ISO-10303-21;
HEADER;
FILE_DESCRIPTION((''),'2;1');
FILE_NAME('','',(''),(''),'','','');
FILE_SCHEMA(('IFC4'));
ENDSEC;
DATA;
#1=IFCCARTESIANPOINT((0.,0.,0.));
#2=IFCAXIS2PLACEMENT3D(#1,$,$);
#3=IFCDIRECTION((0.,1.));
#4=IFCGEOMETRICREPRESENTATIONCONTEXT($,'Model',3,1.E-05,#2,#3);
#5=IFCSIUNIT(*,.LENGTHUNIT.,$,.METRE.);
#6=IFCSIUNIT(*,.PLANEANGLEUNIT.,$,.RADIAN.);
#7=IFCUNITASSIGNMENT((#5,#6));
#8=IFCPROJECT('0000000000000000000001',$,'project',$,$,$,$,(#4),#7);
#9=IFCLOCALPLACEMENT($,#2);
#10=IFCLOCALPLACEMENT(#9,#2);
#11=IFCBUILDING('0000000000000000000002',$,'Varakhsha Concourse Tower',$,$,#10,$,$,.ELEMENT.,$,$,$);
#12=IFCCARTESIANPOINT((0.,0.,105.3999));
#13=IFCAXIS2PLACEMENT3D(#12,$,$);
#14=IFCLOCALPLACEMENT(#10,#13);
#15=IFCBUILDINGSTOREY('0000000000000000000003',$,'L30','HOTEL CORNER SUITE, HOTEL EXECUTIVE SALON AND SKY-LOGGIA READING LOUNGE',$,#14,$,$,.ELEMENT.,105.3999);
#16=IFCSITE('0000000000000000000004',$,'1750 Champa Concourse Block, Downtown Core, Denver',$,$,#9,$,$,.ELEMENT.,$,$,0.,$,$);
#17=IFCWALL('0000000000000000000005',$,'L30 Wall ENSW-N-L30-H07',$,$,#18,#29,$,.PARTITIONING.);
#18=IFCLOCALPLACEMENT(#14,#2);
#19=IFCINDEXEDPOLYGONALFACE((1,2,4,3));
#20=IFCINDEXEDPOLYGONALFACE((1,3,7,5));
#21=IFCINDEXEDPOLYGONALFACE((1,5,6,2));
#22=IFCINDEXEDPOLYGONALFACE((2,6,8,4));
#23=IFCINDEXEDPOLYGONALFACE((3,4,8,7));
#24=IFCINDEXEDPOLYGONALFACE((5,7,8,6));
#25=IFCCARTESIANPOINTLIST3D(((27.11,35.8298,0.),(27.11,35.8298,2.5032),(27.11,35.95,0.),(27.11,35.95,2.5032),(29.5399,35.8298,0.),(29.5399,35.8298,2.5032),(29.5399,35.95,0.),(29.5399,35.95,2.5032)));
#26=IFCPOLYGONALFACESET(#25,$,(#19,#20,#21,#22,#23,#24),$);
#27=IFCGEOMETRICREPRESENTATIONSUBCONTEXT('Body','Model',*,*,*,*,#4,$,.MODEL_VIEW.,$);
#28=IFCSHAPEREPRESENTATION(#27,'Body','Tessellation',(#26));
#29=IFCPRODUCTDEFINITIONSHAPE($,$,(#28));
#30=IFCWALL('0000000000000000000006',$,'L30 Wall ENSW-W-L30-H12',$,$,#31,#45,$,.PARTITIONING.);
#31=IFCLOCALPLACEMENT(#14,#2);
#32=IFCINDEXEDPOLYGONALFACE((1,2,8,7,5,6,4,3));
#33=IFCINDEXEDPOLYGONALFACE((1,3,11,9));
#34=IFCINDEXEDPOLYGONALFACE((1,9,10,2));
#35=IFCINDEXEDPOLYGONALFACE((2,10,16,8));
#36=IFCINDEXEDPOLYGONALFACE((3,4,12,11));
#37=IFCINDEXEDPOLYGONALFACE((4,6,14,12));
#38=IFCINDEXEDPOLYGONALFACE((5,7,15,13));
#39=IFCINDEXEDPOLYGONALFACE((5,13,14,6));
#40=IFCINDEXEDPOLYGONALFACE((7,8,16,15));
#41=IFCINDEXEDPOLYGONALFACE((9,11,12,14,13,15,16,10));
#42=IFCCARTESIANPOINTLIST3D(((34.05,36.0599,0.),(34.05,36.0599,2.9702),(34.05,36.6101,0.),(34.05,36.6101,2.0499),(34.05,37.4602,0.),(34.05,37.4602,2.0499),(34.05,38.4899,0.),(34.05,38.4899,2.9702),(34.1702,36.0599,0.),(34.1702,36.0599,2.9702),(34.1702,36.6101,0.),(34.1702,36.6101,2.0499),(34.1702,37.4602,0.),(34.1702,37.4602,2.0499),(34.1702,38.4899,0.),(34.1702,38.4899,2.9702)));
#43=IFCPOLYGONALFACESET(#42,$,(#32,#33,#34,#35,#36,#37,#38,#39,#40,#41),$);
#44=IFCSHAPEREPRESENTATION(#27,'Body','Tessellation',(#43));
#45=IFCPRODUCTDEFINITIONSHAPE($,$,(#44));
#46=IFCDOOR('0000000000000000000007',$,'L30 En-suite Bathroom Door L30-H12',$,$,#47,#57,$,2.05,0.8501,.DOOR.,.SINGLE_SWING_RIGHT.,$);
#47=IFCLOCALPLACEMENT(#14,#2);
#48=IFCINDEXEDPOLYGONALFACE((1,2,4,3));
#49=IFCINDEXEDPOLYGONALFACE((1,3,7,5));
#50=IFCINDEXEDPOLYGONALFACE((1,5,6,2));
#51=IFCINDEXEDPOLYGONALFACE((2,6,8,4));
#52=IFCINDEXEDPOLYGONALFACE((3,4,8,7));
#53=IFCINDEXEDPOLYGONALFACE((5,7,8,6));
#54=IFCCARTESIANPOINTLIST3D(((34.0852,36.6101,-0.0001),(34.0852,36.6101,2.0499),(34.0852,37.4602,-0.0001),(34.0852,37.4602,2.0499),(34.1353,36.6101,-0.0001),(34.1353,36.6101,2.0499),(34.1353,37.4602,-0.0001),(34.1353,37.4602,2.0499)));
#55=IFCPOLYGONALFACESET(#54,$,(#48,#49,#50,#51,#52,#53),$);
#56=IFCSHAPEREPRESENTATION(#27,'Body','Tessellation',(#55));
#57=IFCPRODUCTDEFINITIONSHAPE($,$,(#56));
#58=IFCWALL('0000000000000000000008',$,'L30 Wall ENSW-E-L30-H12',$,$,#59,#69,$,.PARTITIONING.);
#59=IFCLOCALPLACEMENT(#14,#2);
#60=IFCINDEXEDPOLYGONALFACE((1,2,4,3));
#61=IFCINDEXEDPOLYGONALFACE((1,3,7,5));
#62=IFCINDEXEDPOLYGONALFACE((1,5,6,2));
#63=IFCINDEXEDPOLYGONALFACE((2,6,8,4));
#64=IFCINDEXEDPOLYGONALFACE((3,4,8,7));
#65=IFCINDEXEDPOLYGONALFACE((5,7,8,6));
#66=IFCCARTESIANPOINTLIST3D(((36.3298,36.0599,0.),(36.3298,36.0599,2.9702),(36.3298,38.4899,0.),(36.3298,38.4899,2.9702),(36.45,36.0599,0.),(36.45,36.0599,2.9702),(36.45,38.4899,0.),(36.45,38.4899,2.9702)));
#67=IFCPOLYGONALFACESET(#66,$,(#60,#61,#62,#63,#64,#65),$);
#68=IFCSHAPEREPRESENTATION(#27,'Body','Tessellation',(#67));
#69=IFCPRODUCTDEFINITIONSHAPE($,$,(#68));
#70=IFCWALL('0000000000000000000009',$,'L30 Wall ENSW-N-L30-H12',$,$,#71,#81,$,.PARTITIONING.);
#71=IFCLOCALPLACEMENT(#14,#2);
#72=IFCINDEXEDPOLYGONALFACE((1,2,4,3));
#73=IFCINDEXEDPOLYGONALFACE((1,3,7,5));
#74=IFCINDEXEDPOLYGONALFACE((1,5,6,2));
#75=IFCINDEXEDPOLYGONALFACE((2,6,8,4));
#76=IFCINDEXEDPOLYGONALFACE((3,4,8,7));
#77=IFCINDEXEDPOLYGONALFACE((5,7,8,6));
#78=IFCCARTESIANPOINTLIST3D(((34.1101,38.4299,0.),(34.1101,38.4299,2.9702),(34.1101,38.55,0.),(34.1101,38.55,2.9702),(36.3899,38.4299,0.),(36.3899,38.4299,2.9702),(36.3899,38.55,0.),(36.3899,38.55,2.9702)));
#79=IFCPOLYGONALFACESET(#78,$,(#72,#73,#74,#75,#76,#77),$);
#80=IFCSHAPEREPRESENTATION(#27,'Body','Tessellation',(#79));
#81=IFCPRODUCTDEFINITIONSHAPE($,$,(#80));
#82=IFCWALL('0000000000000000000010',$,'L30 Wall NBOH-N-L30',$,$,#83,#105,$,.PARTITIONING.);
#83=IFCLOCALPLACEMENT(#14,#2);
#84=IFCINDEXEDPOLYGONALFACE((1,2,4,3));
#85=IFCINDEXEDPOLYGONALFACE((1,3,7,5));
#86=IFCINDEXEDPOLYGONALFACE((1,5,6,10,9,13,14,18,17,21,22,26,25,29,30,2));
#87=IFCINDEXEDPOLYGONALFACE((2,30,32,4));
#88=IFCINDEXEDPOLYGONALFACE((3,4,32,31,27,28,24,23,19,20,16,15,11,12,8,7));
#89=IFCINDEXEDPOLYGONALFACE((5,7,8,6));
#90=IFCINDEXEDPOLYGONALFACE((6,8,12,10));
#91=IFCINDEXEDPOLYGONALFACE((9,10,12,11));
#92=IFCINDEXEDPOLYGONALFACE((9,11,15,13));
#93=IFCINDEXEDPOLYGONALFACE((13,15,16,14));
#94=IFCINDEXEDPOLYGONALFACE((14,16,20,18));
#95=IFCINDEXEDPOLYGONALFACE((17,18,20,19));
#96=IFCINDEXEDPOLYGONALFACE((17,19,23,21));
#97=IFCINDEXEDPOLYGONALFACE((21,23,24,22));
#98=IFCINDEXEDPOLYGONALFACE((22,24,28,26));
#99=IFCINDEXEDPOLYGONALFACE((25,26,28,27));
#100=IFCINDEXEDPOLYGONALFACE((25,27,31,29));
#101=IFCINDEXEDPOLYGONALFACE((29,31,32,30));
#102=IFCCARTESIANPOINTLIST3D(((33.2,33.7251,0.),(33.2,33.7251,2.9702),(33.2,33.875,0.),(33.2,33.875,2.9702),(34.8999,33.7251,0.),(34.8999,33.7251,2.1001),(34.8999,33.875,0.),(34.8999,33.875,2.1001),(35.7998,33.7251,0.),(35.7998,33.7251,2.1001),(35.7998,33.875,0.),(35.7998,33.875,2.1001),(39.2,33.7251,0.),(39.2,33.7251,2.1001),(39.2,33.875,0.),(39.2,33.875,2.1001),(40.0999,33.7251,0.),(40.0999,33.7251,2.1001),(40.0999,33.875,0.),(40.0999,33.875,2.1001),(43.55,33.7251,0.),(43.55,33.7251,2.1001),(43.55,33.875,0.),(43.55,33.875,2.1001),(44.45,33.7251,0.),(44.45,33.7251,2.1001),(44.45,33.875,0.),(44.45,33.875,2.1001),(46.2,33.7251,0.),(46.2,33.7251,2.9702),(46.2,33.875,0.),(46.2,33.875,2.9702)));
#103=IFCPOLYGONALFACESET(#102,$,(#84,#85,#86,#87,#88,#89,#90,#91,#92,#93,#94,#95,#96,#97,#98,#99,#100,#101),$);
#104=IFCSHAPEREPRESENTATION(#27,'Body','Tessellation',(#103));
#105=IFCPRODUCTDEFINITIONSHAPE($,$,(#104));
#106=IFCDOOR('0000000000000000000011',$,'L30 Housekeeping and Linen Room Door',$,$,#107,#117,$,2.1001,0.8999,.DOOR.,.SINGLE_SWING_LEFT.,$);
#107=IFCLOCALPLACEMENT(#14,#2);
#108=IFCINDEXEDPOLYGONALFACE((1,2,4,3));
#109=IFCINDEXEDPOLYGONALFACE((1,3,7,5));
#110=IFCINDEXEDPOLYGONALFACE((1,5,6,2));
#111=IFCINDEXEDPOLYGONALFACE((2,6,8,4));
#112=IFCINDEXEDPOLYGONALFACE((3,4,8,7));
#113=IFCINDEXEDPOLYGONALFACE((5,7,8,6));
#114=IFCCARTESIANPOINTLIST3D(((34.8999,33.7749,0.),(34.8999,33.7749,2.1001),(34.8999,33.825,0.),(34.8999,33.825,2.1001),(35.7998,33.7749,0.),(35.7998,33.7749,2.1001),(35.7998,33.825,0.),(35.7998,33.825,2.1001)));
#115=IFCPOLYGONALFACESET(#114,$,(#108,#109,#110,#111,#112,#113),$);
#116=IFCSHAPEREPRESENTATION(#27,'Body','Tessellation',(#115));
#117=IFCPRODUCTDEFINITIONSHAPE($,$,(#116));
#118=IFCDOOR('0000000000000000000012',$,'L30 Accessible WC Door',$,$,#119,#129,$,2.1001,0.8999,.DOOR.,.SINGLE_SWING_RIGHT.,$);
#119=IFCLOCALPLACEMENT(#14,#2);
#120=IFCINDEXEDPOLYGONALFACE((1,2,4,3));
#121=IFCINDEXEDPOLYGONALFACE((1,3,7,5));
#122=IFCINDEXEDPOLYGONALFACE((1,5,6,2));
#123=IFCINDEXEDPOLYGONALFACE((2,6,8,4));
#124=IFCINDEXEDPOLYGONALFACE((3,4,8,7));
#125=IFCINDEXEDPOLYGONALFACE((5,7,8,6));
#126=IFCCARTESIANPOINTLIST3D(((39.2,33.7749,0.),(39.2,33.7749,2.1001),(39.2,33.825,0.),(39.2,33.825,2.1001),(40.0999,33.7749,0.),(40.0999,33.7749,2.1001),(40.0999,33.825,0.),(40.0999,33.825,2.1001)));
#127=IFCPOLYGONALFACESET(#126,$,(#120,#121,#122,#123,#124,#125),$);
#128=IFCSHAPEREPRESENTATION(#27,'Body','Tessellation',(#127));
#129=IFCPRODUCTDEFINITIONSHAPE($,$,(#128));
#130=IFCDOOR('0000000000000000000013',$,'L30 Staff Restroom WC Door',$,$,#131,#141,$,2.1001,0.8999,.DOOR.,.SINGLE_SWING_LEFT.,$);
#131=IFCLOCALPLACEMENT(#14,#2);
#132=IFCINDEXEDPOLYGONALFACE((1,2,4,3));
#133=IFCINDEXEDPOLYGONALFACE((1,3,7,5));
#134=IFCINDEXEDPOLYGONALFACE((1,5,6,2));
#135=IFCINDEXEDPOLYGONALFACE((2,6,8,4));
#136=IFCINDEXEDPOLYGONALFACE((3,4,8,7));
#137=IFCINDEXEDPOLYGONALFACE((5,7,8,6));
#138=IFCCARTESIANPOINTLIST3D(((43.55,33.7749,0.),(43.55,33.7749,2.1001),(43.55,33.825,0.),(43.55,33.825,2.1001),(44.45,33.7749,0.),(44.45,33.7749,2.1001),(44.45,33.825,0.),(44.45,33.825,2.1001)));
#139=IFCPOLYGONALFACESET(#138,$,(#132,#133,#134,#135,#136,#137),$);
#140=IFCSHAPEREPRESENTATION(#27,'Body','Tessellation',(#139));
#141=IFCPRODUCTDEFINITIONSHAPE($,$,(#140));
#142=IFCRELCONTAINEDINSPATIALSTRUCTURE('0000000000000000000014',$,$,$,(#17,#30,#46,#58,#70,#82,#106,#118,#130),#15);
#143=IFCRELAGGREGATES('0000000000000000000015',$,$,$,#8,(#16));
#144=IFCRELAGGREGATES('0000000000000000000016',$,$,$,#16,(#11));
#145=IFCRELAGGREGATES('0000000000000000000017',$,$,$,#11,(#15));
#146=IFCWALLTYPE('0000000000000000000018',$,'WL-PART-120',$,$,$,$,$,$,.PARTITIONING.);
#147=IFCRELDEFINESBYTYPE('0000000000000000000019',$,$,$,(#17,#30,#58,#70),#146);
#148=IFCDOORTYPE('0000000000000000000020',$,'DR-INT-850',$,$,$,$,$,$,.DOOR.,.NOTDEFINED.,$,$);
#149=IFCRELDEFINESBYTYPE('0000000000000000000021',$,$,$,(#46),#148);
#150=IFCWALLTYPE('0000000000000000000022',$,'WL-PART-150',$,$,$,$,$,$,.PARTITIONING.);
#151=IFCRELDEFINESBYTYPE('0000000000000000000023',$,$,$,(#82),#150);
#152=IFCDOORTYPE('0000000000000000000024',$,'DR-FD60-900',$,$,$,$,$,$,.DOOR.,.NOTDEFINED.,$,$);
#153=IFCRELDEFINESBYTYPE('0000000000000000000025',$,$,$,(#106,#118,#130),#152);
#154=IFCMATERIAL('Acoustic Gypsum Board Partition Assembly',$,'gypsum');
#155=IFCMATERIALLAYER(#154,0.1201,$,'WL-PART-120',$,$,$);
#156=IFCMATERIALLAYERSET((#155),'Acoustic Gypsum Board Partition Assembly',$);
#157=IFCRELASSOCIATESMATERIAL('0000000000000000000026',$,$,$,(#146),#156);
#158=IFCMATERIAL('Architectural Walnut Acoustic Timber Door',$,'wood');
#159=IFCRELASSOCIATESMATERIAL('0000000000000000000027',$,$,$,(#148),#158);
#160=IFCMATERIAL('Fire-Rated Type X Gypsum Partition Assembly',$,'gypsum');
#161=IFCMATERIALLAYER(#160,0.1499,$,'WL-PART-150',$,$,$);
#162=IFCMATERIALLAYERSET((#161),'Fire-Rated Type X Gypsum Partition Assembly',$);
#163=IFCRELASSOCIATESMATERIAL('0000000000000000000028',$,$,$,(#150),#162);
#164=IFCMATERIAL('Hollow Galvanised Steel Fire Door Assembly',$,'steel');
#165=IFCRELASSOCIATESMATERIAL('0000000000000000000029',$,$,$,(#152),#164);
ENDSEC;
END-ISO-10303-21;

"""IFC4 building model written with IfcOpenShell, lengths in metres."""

from ifc_helpers import new_model, si_unit, direction, frame, frame_2d, origin, place, context, subcontext, project, spatial, rectangle, extrude, material, layer, layer_set, type_object, element, fill, save


model = new_model("IFC4")

# Units and contexts
model_context = context("Model", 3, precision=1e-05, world=origin(), true_north=direction((0.0, 1.0)))
body_context = subcontext(model_context, "Body", "Model", "MODEL_VIEW")
ifc_project = project(units=[si_unit("LENGTHUNIT", "METRE"), si_unit("PLANEANGLEUNIT", "RADIAN")], contexts=[model_context])

# Site, building, storey
site_placement = place(None, origin())
site = spatial("IfcSite", under=ifc_project, at=site_placement, Name="1750 Champa Concourse Block, Downtown Core, Denver", CompositionType="ELEMENT", RefElevation=0.0)
building_placement = place(site_placement, origin())
building = spatial("IfcBuilding", under=site, at=building_placement, Name="Varakhsha Concourse Tower", CompositionType="ELEMENT")
storey_placement = place(building_placement, frame((0.0, 0.0, 105.3999)))
storey = spatial("IfcBuildingStorey", under=building, at=storey_placement, Name="L30", Description="HOTEL CORNER SUITE, HOTEL EXECUTIVE SALON AND SKY-LOGGIA READING LOUNGE", CompositionType="ELEMENT", Elevation=105.3999)

# Shared definitions
ifc_material_1 = material(Name="Acoustic Gypsum Board Partition Assembly", Category="gypsum")
ifc_layer_1 = layer(ifc_material_1, 0.1201, Name="WL-PART-120")
ifc_layer_set_1 = layer_set([ifc_layer_1], Name="Acoustic Gypsum Board Partition Assembly")
wall_type_1 = type_object("IfcWallType", Name="WL-PART-120", PredefinedType="PARTITIONING", material=ifc_layer_set_1)
ifc_material_2 = material(Name="Architectural Walnut Acoustic Timber Door", Category="wood")
door_type_1 = type_object("IfcDoorType", Name="DR-INT-850", OperationType="NOTDEFINED", PredefinedType="DOOR", material=ifc_material_2)

# Wall
wall_1_placement = place(storey_placement, frame((27.1101, 35.8899, 0.0), z_axis=(0.0, 0.0, 1.0), x_axis=(1.0, 0.0, 0.0)))
element("IfcWall", 1, at=wall_1_placement, inside=storey, type_object=wall_type_1, Name="L30 Wall ENSW-N-L30-H07", PredefinedType="PARTITIONING", context=body_context, shape_type="SweptSolid", body=[
    extrude(rectangle(XDim=2.4299, YDim=0.1201, at=frame_2d((1.2148, 0.0))), origin(), (0.0, 0.0, 1.0), 2.5032),
])

# Wall, opening, door
wall_2_placement = place(storey_placement, frame((34.1101, 36.0601, 0.0), z_axis=(0.0, 0.0, 1.0), x_axis=(0.0, 1.0, 0.0)))
wall_2 = element("IfcWall", 2, at=wall_2_placement, inside=storey, type_object=wall_type_1, Name="L30 Wall ENSW-W-L30-H12", PredefinedType="PARTITIONING", context=body_context, shape_type="SweptSolid", body=[
    extrude(rectangle(XDim=2.4299, YDim=0.1201, at=frame_2d((1.2148, 0.0))), origin(), (0.0, 0.0, 1.0), 2.9702),
])
opening_1_placement = place(wall_2_placement, frame((0.55, 0.0, 0.0)))
opening_1 = element("IfcOpeningElement", 3, at=opening_1_placement, cuts=wall_2, PredefinedType="OPENING", context=body_context, shape_type="SweptSolid", body=[
    extrude(rectangle(XDim=0.8501, YDim=2.05, at=frame_2d((0.425, 1.0249))), frame((0.0, 0.0701, 0.0), z_axis=(0.0, -1.0, 0.0), x_axis=(1.0, 0.0, 0.0)), (0.0, 0.0, 1.0), 0.1401),
])
door_1_placement = place(opening_1_placement, origin())
door_1 = element("IfcDoor", 4, at=door_1_placement, inside=storey, type_object=door_type_1, Name="L30 En-suite Bathroom Door L30-H12", OperationType="SINGLE_SWING_RIGHT", OverallHeight=2.05, OverallWidth=0.8501, PredefinedType="DOOR", context=body_context, shape_type="SweptSolid", body=[
    extrude(rectangle(XDim=0.8501, YDim=2.05, at=frame_2d((0.425, 1.0249))), frame((0.0, 0.0249, 0.0), z_axis=(0.0, -1.0, 0.0), x_axis=(1.0, 0.0, 0.0)), (0.0, 0.0, 1.0), 0.05),
])
fill(opening_1, door_1)

# Walls
wall_3_placement = place(storey_placement, frame((36.3899, 36.0601, 0.0), z_axis=(0.0, 0.0, 1.0), x_axis=(0.0, 1.0, 0.0)))
element("IfcWall", 5, at=wall_3_placement, inside=storey, type_object=wall_type_1, Name="L30 Wall ENSW-E-L30-H12", PredefinedType="PARTITIONING", context=body_context, shape_type="SweptSolid", body=[
    extrude(rectangle(XDim=2.4299, YDim=0.1201, at=frame_2d((1.2148, 0.0))), origin(), (0.0, 0.0, 1.0), 2.9702),
])
wall_4_placement = place(storey_placement, frame((34.1101, 38.49, 0.0), z_axis=(0.0, 0.0, 1.0), x_axis=(1.0, 0.0, 0.0)))
element("IfcWall", 6, at=wall_4_placement, inside=storey, type_object=wall_type_1, Name="L30 Wall ENSW-N-L30-H12", PredefinedType="PARTITIONING", context=body_context, shape_type="SweptSolid", body=[
    extrude(rectangle(XDim=2.2798, YDim=0.1201, at=frame_2d((1.1399, 0.0))), origin(), (0.0, 0.0, 1.0), 2.9702),
])

# Wall, openings, doors
ifc_material_3 = material(Name="Fire-Rated Type X Gypsum Partition Assembly", Category="gypsum")
ifc_layer_2 = layer(ifc_material_3, 0.1499, Name="WL-PART-150")
ifc_layer_set_2 = layer_set([ifc_layer_2], Name="Fire-Rated Type X Gypsum Partition Assembly")
wall_type_2 = type_object("IfcWallType", Name="WL-PART-150", PredefinedType="PARTITIONING", material=ifc_layer_set_2)
wall_5_placement = place(storey_placement, frame((33.2, 33.8, 0.0), z_axis=(0.0, 0.0, 1.0), x_axis=(1.0, 0.0, 0.0)))
wall_5 = element("IfcWall", 7, at=wall_5_placement, inside=storey, type_object=wall_type_2, Name="L30 Wall NBOH-N-L30", PredefinedType="PARTITIONING", context=body_context, shape_type="SweptSolid", body=[
    extrude(rectangle(XDim=13.0, YDim=0.1499, at=frame_2d((6.5, 0.0))), origin(), (0.0, 0.0, 1.0), 2.9702),
])
opening_2_placement = place(wall_5_placement, frame((1.7, 0.0, 0.0)))
opening_2 = element("IfcOpeningElement", 8, at=opening_2_placement, cuts=wall_5, PredefinedType="OPENING", context=body_context, shape_type="SweptSolid", body=[
    extrude(rectangle(XDim=0.8999, YDim=2.1001, at=frame_2d((0.45, 1.05))), frame((0.0, 0.085, 0.0), z_axis=(0.0, -1.0, 0.0), x_axis=(1.0, 0.0, 0.0)), (0.0, 0.0, 1.0), 0.1699),
])
opening_3_placement = place(wall_5_placement, frame((6.0, 0.0, 0.0)))
opening_3 = element("IfcOpeningElement", 9, at=opening_3_placement, cuts=wall_5, PredefinedType="OPENING", context=body_context, shape_type="SweptSolid", body=[
    extrude(rectangle(XDim=0.8999, YDim=2.1001, at=frame_2d((0.45, 1.05))), frame((0.0, 0.085, 0.0), z_axis=(0.0, -1.0, 0.0), x_axis=(1.0, 0.0, 0.0)), (0.0, 0.0, 1.0), 0.1699),
])
opening_4_placement = place(wall_5_placement, frame((10.3501, 0.0, 0.0)))
opening_4 = element("IfcOpeningElement", 10, at=opening_4_placement, cuts=wall_5, PredefinedType="OPENING", context=body_context, shape_type="SweptSolid", body=[
    extrude(rectangle(XDim=0.8999, YDim=2.1001, at=frame_2d((0.45, 1.05))), frame((0.0, 0.085, 0.0), z_axis=(0.0, -1.0, 0.0), x_axis=(1.0, 0.0, 0.0)), (0.0, 0.0, 1.0), 0.1699),
])
ifc_material_4 = material(Name="Hollow Galvanised Steel Fire Door Assembly", Category="steel")
door_type_2 = type_object("IfcDoorType", Name="DR-FD60-900", OperationType="NOTDEFINED", PredefinedType="DOOR", material=ifc_material_4)
door_2_placement = place(opening_2_placement, origin())
door_2 = element("IfcDoor", 11, at=door_2_placement, inside=storey, type_object=door_type_2, Name="L30 Housekeeping and Linen Room Door", OperationType="SINGLE_SWING_LEFT", OverallHeight=2.1001, OverallWidth=0.8999, PredefinedType="DOOR", context=body_context, shape_type="SweptSolid", body=[
    extrude(rectangle(XDim=0.8999, YDim=2.1001, at=frame_2d((0.45, 1.05))), frame((0.0, 0.0249, 0.0), z_axis=(0.0, -1.0, 0.0), x_axis=(1.0, 0.0, 0.0)), (0.0, 0.0, 1.0), 0.05),
])
fill(opening_2, door_2)
door_3_placement = place(opening_3_placement, origin())
door_3 = element("IfcDoor", 12, at=door_3_placement, inside=storey, type_object=door_type_2, Name="L30 Accessible WC Door", OperationType="SINGLE_SWING_RIGHT", OverallHeight=2.1001, OverallWidth=0.8999, PredefinedType="DOOR", context=body_context, shape_type="SweptSolid", body=[
    extrude(rectangle(XDim=0.8999, YDim=2.1001, at=frame_2d((0.45, 1.05))), frame((0.0, 0.0249, 0.0), z_axis=(0.0, -1.0, 0.0), x_axis=(1.0, 0.0, 0.0)), (0.0, 0.0, 1.0), 0.05),
])
fill(opening_3, door_3)
door_4_placement = place(opening_4_placement, origin())
door_4 = element("IfcDoor", 13, at=door_4_placement, inside=storey, type_object=door_type_2, Name="L30 Staff Restroom WC Door", OperationType="SINGLE_SWING_LEFT", OverallHeight=2.1001, OverallWidth=0.8999, PredefinedType="DOOR", context=body_context, shape_type="SweptSolid", body=[
    extrude(rectangle(XDim=0.8999, YDim=2.1001, at=frame_2d((0.45, 1.05))), frame((0.0, 0.0249, 0.0), z_axis=(0.0, -1.0, 0.0), x_axis=(1.0, 0.0, 0.0)), (0.0, 0.0, 1.0), 0.05),
])
fill(opening_4, door_4)

save(model, "model.ifc")
